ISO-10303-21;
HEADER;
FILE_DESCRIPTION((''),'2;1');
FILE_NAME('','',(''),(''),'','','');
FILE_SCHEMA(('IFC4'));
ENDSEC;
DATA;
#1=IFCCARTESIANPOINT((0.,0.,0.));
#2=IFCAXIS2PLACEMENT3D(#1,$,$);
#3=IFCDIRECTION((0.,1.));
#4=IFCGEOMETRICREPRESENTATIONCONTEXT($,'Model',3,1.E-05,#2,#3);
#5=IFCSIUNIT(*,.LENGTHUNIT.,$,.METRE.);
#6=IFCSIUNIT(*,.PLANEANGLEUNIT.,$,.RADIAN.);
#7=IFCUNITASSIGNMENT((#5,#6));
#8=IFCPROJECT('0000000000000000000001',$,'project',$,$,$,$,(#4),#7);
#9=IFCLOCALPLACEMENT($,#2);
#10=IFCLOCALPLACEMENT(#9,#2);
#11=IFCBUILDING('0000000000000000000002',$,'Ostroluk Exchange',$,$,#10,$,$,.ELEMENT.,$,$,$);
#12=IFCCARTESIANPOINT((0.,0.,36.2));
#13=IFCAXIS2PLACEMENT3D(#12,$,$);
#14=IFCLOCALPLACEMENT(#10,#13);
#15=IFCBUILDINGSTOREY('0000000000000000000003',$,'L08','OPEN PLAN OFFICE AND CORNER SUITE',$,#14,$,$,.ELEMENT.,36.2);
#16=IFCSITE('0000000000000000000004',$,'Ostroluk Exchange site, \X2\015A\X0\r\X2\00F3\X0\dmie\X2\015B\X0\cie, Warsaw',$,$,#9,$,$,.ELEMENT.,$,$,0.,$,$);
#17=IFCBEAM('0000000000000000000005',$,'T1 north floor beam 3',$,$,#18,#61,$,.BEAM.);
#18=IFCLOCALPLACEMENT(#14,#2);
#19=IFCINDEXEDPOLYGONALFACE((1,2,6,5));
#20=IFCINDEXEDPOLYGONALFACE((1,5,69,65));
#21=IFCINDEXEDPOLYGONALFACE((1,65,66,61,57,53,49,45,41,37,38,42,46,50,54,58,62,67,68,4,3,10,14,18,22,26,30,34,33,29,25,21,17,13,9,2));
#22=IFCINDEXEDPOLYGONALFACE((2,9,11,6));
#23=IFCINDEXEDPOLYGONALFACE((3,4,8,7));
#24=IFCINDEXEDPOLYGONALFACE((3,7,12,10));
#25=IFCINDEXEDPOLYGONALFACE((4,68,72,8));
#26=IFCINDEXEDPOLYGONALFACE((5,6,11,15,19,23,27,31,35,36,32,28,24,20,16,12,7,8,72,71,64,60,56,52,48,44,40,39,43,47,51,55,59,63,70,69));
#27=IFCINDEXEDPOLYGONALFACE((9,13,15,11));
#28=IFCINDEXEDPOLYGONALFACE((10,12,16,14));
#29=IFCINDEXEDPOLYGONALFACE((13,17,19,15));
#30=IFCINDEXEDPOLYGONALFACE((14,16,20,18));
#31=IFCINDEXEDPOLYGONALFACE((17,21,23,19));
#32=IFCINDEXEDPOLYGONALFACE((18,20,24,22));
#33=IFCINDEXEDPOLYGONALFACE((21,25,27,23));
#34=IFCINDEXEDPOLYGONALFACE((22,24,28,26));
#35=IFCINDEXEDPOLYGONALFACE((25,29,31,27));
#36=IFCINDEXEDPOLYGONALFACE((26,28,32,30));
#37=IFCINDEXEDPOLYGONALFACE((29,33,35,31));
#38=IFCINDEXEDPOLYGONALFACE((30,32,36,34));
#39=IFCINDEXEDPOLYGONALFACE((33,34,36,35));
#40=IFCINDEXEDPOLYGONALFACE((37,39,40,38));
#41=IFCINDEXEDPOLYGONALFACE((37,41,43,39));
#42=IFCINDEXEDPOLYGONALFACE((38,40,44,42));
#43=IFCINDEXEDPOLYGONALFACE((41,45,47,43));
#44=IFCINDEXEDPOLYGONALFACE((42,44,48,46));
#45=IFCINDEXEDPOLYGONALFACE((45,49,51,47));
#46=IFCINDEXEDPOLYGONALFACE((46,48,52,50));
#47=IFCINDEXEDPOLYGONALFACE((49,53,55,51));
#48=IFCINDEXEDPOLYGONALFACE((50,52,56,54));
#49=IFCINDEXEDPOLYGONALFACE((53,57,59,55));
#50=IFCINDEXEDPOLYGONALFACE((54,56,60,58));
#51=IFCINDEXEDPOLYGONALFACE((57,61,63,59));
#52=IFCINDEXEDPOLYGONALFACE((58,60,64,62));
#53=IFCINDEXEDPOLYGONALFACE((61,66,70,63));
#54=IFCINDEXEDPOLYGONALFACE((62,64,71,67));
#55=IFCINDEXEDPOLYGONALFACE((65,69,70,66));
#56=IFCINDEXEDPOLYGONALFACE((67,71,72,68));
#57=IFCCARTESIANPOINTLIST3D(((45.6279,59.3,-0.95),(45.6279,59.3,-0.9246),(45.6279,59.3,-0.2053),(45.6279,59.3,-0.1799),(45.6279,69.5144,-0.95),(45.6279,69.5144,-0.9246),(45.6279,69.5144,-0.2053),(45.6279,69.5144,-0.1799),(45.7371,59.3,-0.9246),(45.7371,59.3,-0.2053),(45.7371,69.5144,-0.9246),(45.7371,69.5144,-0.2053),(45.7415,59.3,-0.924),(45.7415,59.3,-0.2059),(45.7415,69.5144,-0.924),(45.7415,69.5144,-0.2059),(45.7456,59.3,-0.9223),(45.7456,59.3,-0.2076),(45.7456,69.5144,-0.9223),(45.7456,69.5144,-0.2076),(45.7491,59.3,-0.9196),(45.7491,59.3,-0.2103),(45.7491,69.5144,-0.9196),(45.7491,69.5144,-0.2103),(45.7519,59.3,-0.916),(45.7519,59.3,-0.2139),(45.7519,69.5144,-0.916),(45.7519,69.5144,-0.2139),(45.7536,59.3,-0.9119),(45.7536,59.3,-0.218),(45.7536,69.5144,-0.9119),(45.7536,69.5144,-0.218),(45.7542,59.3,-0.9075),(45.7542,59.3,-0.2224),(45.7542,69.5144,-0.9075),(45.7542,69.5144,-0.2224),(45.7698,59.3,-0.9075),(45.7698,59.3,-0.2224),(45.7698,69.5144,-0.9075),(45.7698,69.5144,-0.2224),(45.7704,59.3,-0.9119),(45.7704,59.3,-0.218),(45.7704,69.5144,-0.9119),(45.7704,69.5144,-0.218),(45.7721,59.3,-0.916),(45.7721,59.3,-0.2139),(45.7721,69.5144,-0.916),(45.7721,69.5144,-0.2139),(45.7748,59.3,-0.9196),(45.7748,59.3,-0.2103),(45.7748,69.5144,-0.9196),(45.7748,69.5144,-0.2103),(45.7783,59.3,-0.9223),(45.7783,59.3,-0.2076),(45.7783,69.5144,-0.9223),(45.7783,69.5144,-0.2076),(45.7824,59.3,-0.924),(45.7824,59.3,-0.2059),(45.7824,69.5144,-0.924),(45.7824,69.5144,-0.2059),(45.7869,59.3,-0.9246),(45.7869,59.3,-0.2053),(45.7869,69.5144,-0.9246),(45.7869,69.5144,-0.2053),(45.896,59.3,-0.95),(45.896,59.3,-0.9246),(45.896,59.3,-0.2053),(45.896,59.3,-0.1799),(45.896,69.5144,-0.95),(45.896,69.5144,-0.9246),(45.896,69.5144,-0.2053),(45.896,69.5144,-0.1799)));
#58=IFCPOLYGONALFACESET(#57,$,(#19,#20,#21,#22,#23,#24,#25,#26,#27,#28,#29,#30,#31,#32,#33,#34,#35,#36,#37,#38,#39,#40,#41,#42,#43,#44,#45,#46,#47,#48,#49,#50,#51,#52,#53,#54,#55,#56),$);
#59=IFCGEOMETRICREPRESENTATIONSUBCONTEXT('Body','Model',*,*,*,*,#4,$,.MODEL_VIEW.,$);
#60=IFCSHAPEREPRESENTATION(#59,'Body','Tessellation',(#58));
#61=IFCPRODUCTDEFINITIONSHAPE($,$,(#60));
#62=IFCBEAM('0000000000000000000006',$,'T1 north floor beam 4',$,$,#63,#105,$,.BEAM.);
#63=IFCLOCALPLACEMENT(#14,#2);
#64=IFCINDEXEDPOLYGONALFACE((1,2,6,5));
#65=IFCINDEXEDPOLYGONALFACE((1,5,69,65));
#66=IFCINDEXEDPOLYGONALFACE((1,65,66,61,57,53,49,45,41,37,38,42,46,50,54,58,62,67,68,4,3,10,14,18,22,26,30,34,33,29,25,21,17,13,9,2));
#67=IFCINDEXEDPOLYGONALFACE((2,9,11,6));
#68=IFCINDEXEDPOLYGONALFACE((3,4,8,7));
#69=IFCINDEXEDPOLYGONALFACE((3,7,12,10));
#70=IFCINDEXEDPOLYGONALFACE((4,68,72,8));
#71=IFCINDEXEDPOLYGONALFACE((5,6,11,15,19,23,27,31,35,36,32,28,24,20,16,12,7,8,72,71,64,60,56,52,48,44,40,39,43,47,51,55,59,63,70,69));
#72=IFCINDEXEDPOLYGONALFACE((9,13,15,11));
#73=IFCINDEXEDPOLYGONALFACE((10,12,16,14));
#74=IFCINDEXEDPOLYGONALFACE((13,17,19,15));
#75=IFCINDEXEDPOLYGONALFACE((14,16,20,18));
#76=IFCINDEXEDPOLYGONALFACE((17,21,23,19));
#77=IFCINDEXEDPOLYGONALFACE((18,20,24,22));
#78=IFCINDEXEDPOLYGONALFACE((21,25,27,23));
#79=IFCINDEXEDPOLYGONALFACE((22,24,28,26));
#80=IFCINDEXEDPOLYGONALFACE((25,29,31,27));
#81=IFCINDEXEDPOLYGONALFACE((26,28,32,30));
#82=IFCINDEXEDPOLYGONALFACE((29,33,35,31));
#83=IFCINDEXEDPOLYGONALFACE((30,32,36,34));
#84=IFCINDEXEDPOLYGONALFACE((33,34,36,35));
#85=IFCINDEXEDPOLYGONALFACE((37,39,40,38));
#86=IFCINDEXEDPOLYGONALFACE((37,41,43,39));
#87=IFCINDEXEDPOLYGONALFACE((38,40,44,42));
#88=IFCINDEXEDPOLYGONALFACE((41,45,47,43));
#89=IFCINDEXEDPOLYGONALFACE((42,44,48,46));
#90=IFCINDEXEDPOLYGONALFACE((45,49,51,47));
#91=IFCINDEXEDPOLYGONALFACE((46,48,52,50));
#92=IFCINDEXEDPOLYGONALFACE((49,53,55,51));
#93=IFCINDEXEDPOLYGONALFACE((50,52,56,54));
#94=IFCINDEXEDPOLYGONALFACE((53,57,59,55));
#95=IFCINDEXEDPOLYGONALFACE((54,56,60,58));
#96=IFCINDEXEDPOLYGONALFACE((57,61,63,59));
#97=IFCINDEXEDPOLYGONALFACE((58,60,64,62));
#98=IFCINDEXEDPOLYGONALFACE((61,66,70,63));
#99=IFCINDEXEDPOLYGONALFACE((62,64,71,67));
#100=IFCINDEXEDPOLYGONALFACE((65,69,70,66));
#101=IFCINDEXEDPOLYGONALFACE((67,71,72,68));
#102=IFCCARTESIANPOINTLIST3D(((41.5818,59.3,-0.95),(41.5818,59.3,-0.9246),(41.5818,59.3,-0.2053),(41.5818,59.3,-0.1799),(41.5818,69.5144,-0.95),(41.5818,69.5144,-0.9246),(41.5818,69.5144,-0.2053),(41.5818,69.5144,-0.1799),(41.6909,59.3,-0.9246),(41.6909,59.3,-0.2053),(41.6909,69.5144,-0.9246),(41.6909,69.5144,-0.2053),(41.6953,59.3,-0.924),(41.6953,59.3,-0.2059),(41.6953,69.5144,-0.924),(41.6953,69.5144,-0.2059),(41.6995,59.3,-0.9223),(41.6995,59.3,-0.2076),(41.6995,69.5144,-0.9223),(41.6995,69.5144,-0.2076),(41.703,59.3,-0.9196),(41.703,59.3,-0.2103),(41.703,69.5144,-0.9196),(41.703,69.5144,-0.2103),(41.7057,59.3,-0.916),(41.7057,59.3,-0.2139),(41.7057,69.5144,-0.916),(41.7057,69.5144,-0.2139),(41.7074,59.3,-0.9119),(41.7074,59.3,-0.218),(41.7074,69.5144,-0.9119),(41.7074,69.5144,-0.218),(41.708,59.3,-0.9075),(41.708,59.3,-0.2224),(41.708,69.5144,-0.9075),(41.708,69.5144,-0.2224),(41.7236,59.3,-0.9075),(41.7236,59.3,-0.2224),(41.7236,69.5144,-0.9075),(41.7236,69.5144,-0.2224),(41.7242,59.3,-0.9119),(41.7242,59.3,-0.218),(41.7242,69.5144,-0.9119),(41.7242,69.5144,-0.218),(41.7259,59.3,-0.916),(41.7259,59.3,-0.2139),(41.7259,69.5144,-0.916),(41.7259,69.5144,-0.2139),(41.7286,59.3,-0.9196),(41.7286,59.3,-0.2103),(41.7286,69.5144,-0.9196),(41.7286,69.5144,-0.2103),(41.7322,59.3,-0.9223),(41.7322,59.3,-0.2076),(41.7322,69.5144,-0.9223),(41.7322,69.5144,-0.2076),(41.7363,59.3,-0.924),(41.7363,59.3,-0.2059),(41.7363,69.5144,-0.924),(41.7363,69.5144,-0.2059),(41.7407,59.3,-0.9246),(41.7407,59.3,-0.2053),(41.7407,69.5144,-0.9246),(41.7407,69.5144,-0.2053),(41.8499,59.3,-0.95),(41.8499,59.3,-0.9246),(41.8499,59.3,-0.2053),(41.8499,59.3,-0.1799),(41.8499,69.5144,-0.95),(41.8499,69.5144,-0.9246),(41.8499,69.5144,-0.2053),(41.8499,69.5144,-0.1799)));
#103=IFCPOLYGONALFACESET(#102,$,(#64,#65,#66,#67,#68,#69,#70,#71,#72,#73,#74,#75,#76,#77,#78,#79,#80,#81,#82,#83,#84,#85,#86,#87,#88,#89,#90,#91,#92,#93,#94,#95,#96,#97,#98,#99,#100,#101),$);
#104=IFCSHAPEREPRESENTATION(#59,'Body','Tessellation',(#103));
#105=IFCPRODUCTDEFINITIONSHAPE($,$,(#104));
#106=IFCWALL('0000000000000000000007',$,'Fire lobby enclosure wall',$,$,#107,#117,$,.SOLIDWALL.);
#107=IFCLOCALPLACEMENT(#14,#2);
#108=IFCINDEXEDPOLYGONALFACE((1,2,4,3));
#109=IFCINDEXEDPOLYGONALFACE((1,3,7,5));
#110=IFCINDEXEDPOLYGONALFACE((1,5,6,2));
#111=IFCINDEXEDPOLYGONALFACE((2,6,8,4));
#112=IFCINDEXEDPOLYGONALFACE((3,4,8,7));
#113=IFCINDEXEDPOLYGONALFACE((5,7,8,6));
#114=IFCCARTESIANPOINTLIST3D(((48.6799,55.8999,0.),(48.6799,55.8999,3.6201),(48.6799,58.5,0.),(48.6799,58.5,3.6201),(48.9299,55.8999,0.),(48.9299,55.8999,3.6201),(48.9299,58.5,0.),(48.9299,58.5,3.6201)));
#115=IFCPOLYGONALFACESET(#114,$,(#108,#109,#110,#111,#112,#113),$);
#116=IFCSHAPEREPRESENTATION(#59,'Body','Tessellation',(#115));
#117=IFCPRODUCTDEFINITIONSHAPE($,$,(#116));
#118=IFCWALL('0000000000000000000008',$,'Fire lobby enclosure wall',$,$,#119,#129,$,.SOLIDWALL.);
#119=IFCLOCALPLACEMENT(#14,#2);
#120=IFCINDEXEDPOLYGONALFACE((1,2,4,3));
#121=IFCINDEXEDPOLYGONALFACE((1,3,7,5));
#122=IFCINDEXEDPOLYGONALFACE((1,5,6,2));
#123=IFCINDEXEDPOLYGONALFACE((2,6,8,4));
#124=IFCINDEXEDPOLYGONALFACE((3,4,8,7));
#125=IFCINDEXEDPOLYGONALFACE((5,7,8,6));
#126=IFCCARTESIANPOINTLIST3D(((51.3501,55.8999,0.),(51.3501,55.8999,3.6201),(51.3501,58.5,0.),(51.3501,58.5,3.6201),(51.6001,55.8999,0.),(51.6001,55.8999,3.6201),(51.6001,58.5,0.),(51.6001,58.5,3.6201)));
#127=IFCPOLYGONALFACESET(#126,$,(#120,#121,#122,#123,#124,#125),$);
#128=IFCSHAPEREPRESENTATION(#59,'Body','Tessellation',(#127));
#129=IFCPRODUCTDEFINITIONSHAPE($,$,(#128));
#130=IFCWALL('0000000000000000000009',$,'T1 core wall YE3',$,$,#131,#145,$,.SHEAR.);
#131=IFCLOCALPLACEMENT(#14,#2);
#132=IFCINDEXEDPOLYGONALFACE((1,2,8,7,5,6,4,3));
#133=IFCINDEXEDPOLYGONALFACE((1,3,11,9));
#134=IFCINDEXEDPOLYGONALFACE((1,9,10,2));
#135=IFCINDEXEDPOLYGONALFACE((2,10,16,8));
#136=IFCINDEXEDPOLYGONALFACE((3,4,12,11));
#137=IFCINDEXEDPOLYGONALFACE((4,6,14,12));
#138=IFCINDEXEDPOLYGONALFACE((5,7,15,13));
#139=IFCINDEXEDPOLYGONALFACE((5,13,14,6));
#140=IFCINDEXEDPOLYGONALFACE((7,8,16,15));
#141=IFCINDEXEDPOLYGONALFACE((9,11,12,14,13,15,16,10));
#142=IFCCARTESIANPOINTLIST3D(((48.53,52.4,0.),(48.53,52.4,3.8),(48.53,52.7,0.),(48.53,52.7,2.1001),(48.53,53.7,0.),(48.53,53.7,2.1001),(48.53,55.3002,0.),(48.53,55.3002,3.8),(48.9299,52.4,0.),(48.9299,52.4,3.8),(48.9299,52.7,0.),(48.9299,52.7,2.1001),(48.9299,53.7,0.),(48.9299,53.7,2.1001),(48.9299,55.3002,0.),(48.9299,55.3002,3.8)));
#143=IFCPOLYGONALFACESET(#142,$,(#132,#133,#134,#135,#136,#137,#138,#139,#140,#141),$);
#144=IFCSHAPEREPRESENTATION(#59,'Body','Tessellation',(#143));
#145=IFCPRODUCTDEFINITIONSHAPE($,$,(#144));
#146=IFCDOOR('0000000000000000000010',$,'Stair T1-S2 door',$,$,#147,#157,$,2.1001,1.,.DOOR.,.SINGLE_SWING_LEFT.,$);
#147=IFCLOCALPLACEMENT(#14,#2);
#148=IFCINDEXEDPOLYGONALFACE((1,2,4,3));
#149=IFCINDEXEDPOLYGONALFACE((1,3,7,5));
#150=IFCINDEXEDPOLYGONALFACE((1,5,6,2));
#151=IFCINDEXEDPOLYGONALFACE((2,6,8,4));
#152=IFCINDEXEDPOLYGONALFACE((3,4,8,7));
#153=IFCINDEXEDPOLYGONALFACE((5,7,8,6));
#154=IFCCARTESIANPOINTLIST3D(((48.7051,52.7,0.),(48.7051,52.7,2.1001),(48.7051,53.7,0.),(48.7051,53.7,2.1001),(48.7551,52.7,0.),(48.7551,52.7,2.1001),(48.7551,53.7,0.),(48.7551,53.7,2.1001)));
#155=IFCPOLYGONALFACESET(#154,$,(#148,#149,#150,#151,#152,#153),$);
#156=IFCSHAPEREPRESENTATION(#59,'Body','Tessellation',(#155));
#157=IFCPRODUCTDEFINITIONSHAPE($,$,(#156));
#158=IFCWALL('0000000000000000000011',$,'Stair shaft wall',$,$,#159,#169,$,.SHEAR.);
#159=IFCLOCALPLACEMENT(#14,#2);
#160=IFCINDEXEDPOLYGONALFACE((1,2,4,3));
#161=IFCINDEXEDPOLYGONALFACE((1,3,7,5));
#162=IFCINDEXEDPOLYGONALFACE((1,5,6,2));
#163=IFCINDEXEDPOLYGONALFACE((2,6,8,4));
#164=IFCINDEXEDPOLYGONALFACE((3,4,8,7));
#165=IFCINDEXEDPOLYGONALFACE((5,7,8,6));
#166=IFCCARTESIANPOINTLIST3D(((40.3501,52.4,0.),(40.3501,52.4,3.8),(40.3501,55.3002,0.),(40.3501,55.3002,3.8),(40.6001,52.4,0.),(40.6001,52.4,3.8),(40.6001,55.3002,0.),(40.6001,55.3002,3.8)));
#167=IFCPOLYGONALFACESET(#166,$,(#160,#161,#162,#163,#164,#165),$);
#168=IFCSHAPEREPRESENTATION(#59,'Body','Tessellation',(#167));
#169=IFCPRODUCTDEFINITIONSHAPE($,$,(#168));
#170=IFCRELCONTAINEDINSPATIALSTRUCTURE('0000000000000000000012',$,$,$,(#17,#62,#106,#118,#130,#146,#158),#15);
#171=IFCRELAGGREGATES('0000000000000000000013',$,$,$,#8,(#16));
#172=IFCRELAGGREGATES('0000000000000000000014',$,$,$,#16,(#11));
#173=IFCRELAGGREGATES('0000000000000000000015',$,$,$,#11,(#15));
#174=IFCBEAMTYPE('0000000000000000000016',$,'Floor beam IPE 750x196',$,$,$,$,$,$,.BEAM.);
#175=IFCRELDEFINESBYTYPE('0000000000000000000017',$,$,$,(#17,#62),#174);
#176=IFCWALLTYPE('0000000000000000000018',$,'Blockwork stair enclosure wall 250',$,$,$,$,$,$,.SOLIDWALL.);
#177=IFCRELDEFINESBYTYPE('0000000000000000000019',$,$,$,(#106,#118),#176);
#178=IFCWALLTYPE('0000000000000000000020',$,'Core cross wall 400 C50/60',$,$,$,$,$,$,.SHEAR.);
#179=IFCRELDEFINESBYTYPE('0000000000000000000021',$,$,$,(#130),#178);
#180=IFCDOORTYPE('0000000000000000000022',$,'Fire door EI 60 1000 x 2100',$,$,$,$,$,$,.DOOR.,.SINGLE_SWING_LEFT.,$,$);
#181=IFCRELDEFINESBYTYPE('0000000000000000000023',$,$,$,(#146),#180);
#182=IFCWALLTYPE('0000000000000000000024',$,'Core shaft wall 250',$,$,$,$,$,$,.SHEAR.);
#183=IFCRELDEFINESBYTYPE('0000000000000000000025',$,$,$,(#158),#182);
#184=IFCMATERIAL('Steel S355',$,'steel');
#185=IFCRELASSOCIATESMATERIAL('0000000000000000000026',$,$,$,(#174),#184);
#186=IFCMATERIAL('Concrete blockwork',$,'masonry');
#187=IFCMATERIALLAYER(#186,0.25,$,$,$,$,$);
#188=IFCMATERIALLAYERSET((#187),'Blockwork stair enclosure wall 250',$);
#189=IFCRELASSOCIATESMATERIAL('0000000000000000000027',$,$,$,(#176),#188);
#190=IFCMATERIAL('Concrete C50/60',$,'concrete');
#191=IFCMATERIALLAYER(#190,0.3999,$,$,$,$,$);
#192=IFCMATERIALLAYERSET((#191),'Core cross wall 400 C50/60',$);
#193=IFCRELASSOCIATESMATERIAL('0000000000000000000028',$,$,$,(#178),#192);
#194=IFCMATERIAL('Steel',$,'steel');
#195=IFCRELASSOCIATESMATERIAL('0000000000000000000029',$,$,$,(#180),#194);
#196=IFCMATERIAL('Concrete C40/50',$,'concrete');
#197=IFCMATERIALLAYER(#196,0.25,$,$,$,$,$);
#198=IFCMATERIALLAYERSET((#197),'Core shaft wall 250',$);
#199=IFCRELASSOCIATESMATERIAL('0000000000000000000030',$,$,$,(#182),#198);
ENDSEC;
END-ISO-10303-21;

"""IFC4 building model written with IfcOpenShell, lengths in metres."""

from ifc_helpers import new_model, si_unit, direction, frame, frame_2d, origin, origin_2d, place, context, subcontext, project, spatial, rectangle, i_section, extrude, material, layer, layer_set, material_profile, profile_set, type_object, element, fill, save


model = new_model("IFC4")

# Units and contexts
model_context = context("Model", 3, precision=1e-05, world=origin(), true_north=direction((0.0, 1.0)))
body_context = subcontext(model_context, "Body", "Model", "MODEL_VIEW")
ifc_project = project(units=[si_unit("LENGTHUNIT", "METRE"), si_unit("PLANEANGLEUNIT", "RADIAN")], contexts=[model_context])

# Site, building, storey
site_placement = place(None, origin())
site = spatial("IfcSite", under=ifc_project, at=site_placement, Name="Ostroluk Exchange site, Śródmieście, Warsaw", CompositionType="ELEMENT", RefElevation=0.0)
building_placement = place(site_placement, origin())
building = spatial("IfcBuilding", under=site, at=building_placement, Name="Ostroluk Exchange", CompositionType="ELEMENT")
storey_placement = place(building_placement, frame((0.0, 0.0, 36.2)))
storey = spatial("IfcBuildingStorey", under=building, at=storey_placement, Name="L08", Description="OPEN PLAN OFFICE AND CORNER SUITE", CompositionType="ELEMENT", Elevation=36.2)

# Beams
ifc_material_1 = material(Name="Steel S355", Category="steel")
ifc_material_profile = material_profile(ifc_material_1, i_section(OverallWidth=0.2681, OverallDepth=0.77, WebThickness=0.0156, FlangeThickness=0.0254, FilletRadius=0.0171, at=origin_2d()), Name="IPE 750x196")
ifc_profile_set = profile_set([ifc_material_profile], Name="Steel S355")
beam_type = type_object("IfcBeamType", Name="Floor beam IPE 750x196", PredefinedType="BEAM", material=ifc_profile_set)
for number, where, z_axis, x_axis, name in (
    (1, (45.762, 59.3, -0.5649), (0.0, 1.0, 0.0), (-1.0, 0.0, 0.0), "T1 north floor beam 3"),
    (2, (41.7158, 59.3, -0.5649), (0.0, 1.0, 0.0), (-1.0, 0.0, 0.0), "T1 north floor beam 4"),
):
    element("IfcBeam", number, at=place(storey_placement, frame(where, z_axis=z_axis, x_axis=x_axis)), inside=storey, type_object=beam_type, Name=name, PredefinedType="BEAM", context=body_context, shape_type="SweptSolid", body=[
        extrude(i_section(OverallWidth=0.2681, OverallDepth=0.77, WebThickness=0.0156, FlangeThickness=0.0254, FilletRadius=0.0171, at=origin_2d()), origin(), (0.0, 0.0, 1.0), 10.2144),
    ])

# Walls
ifc_material_2 = material(Name="Concrete blockwork", Category="masonry")
ifc_layer_1 = layer(ifc_material_2, 0.25)
ifc_layer_set_1 = layer_set([ifc_layer_1], Name="Blockwork stair enclosure wall 250")
wall_type_1 = type_object("IfcWallType", Name="Blockwork stair enclosure wall 250", PredefinedType="SOLIDWALL", material=ifc_layer_set_1)
for number, where, z_axis, x_axis, name in (
    (3, (48.8049, 55.8999, 0.0), (0.0, 0.0, 1.0), (0.0, 1.0, 0.0), "Fire lobby enclosure wall"),
    (4, (51.4751, 55.8999, 0.0), (0.0, 0.0, 1.0), (0.0, 1.0, 0.0), "Fire lobby enclosure wall"),
):
    element("IfcWall", number, at=place(storey_placement, frame(where, z_axis=z_axis, x_axis=x_axis)), inside=storey, type_object=wall_type_1, Name=name, PredefinedType="SOLIDWALL", context=body_context, shape_type="SweptSolid", body=[
        extrude(rectangle(XDim=2.6001, YDim=0.25, at=frame_2d((1.3, 0.0))), origin(), (0.0, 0.0, 1.0), 3.6201),
    ])

# Wall, opening, door
ifc_material_3 = material(Name="Concrete C50/60", Category="concrete")
ifc_layer_2 = layer(ifc_material_3, 0.3999)
ifc_layer_set_2 = layer_set([ifc_layer_2], Name="Core cross wall 400 C50/60")
wall_type_2 = type_object("IfcWallType", Name="Core cross wall 400 C50/60", PredefinedType="SHEAR", material=ifc_layer_set_2)
wall_1_placement = place(storey_placement, frame((48.73, 52.3999, 0.0), z_axis=(0.0, 0.0, 1.0), x_axis=(0.0, 1.0, 0.0)))
wall_1 = element("IfcWall", 5, at=wall_1_placement, inside=storey, type_object=wall_type_2, Name="T1 core wall YE3", PredefinedType="SHEAR", context=body_context, shape_type="SweptSolid", body=[
    extrude(rectangle(XDim=2.9001, YDim=0.3999, at=frame_2d((1.4502, 0.0))), origin(), (0.0, 0.0, 1.0), 3.8),
])
opening_1_placement = place(wall_1_placement, frame((0.3, 0.0, 0.0)))
opening_1 = element("IfcOpeningElement", 6, at=opening_1_placement, cuts=wall_1, PredefinedType="OPENING", context=body_context, shape_type="SweptSolid", body=[
    extrude(rectangle(XDim=1.0, YDim=2.1001, at=frame_2d((0.5, 1.05))), frame((0.0, 0.21, 0.0), z_axis=(0.0, -1.0, 0.0), x_axis=(1.0, 0.0, 0.0)), (0.0, 0.0, 1.0), 0.4199),
])
ifc_material_4 = material(Name="Steel", Category="steel")
door_type_1 = type_object("IfcDoorType", Name="Fire door EI 60 1000 x 2100", OperationType="SINGLE_SWING_LEFT", PredefinedType="DOOR", material=ifc_material_4)
door_1_placement = place(opening_1_placement, origin())
door_1 = element("IfcDoor", 7, at=door_1_placement, inside=storey, type_object=door_type_1, Name="Stair T1-S2 door", OperationType="SINGLE_SWING_LEFT", OverallHeight=2.1001, OverallWidth=1.0, PredefinedType="DOOR", context=body_context, shape_type="SweptSolid", body=[
    extrude(rectangle(XDim=1.0, YDim=2.1001, at=frame_2d((0.5, 1.05))), frame((0.0, 0.0249, 0.0), z_axis=(0.0, -1.0, 0.0), x_axis=(1.0, 0.0, 0.0)), (0.0, 0.0, 1.0), 0.05),
])
fill(opening_1, door_1)

# Wall
ifc_material_5 = material(Name="Concrete C40/50", Category="concrete")
ifc_layer_3 = layer(ifc_material_5, 0.25)
ifc_layer_set_3 = layer_set([ifc_layer_3], Name="Core shaft wall 250")
wall_type_3 = type_object("IfcWallType", Name="Core shaft wall 250", PredefinedType="SHEAR", material=ifc_layer_set_3)
wall_2_placement = place(storey_placement, frame((40.4751, 52.3999, 0.0), z_axis=(0.0, 0.0, 1.0), x_axis=(0.0, 1.0, 0.0)))
element("IfcWall", 8, at=wall_2_placement, inside=storey, type_object=wall_type_3, Name="Stair shaft wall", PredefinedType="SHEAR", context=body_context, shape_type="SweptSolid", body=[
    extrude(rectangle(XDim=2.9001, YDim=0.25, at=frame_2d((1.4502, 0.0))), origin(), (0.0, 0.0, 1.0), 3.8),
])

save(model, "model.ifc")
